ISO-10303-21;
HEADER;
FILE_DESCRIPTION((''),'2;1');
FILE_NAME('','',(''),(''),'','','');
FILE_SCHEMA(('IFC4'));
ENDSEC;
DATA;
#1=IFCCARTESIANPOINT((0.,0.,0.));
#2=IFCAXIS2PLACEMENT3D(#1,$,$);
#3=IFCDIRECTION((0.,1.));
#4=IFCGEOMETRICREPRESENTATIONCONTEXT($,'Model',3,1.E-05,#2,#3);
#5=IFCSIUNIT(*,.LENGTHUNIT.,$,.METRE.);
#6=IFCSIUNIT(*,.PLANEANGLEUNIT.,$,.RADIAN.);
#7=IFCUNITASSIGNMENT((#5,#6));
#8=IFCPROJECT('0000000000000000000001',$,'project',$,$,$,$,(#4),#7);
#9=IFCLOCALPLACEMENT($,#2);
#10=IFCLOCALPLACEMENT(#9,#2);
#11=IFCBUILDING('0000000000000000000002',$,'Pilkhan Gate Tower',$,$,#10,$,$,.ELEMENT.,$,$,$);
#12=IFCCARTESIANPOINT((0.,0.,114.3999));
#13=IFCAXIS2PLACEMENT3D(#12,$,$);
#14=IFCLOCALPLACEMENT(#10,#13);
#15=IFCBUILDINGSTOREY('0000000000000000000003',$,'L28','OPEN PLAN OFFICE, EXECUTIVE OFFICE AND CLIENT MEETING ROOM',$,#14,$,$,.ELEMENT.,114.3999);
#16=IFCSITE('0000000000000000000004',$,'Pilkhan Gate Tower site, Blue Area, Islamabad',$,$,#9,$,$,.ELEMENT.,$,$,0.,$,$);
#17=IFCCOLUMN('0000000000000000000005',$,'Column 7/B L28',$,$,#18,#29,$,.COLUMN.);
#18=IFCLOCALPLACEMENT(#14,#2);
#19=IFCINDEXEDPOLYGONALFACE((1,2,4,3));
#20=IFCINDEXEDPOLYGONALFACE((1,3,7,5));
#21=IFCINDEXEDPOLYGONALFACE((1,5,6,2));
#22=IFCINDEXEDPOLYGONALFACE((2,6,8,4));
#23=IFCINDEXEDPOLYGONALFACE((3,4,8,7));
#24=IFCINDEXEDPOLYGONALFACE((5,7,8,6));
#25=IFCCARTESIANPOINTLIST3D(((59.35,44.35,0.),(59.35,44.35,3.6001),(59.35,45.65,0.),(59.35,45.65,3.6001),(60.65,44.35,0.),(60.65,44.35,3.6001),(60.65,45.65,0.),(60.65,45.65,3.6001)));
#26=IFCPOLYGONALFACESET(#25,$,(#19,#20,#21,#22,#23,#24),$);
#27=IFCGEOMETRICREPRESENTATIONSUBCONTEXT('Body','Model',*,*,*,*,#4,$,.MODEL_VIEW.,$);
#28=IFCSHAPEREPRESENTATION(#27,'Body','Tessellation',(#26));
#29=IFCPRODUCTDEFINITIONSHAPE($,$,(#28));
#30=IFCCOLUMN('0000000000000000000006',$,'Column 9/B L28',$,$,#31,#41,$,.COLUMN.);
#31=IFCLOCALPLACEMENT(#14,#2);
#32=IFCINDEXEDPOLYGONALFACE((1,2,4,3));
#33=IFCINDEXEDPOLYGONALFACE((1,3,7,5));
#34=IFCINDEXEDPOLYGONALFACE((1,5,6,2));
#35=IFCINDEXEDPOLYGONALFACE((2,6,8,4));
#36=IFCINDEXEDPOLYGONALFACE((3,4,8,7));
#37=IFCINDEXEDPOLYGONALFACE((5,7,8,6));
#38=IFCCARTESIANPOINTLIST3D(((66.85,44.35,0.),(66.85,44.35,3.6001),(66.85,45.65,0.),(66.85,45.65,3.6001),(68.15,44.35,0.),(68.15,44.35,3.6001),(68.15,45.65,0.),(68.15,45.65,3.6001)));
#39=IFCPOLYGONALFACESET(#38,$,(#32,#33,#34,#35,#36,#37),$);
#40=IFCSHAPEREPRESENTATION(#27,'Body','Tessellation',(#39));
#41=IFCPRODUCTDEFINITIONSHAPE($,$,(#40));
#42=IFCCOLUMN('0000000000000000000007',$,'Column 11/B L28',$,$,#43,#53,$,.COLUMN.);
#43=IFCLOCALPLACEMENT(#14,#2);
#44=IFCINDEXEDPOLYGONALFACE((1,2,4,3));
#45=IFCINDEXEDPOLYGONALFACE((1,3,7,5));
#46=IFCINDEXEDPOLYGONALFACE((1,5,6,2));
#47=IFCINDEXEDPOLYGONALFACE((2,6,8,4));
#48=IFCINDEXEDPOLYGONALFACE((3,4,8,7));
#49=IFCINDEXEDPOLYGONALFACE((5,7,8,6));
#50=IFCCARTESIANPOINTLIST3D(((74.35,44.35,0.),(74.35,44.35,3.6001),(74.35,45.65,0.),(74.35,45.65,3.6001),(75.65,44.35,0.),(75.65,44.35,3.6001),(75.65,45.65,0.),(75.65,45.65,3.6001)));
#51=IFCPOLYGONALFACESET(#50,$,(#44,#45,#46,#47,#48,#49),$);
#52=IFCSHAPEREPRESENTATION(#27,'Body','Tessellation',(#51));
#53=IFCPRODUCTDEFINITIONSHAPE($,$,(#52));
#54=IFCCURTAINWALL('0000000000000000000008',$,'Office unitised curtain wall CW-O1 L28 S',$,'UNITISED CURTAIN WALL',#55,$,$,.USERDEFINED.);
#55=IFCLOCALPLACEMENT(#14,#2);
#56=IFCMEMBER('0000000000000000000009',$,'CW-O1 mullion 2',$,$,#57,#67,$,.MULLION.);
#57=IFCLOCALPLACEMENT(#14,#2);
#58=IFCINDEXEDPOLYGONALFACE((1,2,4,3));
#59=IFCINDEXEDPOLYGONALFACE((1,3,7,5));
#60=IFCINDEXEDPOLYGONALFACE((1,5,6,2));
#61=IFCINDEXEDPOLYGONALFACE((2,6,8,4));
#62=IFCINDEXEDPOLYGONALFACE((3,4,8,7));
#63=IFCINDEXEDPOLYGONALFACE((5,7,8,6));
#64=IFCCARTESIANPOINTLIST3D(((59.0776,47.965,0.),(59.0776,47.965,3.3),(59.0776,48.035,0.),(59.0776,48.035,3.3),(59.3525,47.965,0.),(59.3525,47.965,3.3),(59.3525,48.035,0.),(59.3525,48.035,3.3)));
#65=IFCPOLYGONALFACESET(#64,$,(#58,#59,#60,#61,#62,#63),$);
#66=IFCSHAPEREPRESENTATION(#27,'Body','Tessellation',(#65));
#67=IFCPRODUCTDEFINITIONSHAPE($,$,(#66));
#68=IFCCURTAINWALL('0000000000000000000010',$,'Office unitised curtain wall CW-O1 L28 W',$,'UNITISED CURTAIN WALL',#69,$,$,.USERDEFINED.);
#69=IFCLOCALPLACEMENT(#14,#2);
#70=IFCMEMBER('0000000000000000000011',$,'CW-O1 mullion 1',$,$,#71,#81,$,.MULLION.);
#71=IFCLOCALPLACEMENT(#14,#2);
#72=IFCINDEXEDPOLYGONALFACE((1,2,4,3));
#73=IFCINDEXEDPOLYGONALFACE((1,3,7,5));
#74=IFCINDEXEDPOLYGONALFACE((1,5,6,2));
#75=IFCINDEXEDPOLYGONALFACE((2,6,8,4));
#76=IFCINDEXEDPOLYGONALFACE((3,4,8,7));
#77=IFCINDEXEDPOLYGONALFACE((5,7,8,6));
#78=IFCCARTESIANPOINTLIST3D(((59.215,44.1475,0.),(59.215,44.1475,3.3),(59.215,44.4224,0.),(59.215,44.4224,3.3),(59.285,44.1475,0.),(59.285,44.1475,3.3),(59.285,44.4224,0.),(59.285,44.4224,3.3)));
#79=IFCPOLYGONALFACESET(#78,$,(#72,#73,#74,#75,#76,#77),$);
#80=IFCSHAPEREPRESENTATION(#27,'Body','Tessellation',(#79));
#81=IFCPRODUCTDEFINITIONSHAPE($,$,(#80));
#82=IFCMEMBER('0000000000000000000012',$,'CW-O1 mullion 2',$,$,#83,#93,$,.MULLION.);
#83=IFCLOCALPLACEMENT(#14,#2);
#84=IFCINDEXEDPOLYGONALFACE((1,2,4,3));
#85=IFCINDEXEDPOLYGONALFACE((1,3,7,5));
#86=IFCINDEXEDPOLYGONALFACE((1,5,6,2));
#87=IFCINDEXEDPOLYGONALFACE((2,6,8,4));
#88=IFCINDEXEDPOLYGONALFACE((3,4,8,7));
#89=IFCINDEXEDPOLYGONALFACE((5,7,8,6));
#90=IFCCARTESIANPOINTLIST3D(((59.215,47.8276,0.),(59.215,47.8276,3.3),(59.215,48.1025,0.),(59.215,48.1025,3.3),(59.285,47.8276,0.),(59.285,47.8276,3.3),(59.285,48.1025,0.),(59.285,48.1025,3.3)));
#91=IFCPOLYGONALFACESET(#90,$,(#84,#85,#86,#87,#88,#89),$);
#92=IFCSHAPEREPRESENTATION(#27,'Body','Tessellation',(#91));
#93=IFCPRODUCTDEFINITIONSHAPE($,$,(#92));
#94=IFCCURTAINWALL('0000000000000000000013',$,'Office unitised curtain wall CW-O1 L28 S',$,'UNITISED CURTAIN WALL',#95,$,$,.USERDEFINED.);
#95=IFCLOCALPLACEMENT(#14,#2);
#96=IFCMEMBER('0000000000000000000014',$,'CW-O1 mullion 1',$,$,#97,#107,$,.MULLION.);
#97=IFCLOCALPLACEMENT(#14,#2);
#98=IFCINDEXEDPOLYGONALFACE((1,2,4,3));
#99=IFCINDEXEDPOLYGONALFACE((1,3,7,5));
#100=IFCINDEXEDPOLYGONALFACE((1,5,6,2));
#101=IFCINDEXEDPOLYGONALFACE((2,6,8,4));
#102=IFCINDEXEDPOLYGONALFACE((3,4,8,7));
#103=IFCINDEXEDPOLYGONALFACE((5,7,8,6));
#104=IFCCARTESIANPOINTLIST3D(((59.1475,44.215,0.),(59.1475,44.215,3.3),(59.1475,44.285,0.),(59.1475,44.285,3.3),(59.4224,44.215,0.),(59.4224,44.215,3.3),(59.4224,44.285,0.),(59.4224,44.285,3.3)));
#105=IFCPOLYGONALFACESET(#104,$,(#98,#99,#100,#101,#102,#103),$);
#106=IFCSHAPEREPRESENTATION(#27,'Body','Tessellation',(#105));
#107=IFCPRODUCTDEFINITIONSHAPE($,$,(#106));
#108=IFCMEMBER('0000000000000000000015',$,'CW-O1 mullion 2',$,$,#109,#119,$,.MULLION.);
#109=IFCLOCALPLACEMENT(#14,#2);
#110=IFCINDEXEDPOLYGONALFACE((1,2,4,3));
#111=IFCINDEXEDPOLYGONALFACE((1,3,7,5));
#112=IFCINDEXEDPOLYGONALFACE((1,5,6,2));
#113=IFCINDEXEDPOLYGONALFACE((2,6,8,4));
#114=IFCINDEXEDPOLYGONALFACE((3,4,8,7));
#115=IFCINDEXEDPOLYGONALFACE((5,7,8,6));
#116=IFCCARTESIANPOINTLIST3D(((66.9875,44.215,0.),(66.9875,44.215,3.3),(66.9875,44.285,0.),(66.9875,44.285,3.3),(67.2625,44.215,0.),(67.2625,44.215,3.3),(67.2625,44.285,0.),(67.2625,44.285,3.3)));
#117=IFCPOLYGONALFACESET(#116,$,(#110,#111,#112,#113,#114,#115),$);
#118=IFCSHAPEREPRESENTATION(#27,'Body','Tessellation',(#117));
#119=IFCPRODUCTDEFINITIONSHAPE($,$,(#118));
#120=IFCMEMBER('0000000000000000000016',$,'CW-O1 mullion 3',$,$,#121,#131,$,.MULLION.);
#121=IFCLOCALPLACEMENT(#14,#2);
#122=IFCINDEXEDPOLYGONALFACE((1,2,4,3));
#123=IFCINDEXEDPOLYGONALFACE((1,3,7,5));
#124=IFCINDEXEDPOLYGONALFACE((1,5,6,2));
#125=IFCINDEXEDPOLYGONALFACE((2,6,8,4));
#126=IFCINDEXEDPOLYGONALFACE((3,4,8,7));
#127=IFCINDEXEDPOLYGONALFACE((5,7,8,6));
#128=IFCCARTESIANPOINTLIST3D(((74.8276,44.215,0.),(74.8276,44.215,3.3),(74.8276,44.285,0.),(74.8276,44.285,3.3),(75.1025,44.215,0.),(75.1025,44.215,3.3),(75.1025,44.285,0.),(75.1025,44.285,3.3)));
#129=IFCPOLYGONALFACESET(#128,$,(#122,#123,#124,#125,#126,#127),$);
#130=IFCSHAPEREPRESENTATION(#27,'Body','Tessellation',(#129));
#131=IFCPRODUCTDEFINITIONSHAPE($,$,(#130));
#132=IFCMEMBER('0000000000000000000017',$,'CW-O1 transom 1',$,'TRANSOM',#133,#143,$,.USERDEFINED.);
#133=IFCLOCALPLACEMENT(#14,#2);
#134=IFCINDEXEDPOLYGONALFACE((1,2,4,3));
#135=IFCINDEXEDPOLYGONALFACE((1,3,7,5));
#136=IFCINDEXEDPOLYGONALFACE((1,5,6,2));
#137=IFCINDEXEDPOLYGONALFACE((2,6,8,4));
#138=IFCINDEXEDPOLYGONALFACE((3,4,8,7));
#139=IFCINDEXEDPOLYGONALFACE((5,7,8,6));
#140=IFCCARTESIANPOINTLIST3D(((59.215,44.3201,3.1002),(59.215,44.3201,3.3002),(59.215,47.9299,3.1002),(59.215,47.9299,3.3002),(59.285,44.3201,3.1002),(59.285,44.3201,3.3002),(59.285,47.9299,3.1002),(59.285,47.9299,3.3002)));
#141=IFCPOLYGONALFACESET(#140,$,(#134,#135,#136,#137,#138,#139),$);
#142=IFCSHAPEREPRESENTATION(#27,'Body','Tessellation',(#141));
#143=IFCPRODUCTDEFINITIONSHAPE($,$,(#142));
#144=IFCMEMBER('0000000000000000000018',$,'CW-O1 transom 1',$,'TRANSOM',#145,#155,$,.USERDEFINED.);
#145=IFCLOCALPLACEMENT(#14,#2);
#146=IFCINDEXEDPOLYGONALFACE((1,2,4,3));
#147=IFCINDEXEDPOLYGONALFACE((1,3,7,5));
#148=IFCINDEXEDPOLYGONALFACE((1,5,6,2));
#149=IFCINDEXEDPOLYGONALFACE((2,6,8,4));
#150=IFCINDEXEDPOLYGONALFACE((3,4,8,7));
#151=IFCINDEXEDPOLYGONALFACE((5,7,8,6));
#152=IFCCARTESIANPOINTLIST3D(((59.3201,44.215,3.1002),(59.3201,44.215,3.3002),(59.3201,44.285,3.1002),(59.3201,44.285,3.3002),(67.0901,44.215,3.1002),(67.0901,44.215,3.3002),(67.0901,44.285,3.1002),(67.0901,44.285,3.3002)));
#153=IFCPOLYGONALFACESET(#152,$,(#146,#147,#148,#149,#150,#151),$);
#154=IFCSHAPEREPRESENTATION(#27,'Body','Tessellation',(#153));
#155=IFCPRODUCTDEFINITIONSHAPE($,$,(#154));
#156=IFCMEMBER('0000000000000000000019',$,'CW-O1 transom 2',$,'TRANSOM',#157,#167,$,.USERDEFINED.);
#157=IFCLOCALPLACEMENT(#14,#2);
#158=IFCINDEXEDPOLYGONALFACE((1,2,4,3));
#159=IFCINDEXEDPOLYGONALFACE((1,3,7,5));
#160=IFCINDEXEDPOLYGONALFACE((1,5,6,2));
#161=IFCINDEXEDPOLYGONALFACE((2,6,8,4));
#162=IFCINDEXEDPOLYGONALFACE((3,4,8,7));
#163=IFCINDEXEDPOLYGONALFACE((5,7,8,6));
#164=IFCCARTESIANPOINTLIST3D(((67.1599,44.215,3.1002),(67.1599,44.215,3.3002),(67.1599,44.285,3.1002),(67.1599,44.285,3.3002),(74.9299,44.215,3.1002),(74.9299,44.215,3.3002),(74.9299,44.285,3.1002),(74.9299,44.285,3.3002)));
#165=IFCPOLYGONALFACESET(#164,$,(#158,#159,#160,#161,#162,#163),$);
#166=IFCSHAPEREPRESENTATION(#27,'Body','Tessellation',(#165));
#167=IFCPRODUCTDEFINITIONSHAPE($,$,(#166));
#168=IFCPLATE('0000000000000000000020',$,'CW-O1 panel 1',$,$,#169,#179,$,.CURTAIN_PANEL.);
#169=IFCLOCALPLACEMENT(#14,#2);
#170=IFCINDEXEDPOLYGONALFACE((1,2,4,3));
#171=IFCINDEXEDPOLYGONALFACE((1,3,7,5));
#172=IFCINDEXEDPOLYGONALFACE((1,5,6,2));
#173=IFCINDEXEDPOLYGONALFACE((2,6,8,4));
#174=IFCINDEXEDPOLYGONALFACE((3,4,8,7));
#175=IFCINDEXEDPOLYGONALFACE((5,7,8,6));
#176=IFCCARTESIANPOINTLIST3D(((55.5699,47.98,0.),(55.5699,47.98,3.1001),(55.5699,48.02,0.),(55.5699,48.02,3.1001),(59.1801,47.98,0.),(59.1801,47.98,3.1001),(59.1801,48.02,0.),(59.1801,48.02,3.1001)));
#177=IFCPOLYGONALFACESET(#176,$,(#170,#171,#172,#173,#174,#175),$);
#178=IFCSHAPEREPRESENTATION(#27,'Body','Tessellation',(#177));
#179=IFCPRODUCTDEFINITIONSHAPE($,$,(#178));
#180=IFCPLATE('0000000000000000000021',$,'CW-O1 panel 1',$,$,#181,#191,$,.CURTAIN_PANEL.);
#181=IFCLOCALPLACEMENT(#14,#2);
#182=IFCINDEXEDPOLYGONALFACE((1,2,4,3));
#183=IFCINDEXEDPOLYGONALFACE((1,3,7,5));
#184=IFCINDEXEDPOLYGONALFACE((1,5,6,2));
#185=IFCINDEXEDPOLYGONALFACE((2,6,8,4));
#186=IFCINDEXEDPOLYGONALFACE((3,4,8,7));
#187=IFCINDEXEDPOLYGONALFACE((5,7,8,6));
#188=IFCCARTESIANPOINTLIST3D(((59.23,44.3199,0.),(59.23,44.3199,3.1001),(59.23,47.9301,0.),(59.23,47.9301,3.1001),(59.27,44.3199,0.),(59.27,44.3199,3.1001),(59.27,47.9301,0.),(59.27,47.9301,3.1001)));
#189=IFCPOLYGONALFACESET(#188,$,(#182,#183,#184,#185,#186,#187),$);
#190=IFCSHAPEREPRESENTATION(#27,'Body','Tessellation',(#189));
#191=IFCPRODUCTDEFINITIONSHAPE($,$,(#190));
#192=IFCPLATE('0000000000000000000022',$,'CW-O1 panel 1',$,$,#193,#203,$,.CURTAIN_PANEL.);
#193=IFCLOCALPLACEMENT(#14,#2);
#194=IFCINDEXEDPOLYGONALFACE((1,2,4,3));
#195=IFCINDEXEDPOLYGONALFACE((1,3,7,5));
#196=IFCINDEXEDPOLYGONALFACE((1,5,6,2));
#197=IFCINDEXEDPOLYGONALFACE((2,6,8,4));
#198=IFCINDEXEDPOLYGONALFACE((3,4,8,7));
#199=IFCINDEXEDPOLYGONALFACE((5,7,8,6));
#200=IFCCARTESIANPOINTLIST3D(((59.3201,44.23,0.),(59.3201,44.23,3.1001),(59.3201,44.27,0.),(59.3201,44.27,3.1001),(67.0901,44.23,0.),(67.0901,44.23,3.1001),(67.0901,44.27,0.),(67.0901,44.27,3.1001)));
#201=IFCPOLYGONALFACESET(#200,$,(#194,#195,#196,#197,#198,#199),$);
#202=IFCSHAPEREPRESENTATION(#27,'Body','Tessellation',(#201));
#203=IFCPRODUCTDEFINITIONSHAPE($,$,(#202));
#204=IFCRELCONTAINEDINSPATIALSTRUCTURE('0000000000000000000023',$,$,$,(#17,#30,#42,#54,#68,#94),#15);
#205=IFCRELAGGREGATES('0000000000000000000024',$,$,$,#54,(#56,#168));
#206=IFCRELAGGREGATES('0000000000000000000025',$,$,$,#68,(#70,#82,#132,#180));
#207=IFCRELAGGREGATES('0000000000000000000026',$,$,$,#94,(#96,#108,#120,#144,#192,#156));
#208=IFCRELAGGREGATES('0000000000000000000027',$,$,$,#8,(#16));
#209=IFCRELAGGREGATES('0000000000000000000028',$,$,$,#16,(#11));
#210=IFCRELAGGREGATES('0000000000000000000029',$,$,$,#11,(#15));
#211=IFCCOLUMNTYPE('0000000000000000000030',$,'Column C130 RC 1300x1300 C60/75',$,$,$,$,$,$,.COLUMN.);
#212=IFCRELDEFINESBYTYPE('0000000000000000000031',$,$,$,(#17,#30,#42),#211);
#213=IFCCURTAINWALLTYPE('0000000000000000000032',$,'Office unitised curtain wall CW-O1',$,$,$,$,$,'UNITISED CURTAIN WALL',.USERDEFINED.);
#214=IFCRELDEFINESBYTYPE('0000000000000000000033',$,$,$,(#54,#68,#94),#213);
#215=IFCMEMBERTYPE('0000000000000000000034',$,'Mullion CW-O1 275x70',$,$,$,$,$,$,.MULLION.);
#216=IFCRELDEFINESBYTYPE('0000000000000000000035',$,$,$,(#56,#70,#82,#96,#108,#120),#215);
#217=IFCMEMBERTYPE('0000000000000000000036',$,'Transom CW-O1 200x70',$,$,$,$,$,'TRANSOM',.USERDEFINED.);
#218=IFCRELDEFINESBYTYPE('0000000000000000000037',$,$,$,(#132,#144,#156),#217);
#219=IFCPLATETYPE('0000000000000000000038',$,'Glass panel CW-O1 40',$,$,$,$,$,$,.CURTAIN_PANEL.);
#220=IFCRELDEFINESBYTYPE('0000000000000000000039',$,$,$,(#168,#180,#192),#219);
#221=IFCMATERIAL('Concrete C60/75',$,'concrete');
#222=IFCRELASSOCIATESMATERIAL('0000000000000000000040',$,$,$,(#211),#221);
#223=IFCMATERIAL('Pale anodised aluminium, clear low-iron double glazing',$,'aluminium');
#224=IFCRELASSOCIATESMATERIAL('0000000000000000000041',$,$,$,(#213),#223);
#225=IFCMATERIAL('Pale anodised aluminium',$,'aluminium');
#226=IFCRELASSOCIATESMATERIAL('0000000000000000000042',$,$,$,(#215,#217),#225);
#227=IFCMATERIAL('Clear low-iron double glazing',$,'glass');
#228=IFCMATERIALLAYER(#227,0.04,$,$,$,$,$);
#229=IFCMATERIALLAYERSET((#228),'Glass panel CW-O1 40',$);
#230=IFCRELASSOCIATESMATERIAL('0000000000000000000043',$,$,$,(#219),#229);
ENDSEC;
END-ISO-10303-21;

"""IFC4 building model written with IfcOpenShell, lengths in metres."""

from ifc_helpers import new_model, si_unit, direction, frame, origin, origin_2d, place, context, subcontext, project, spatial, rectangle, extrude, material, layer, layer_set, material_profile, profile_set, type_object, element, aggregate, save


model = new_model("IFC4")

# Units and contexts
model_context = context("Model", 3, precision=1e-05, world=origin(), true_north=direction((0.0, 1.0)))
body_context = subcontext(model_context, "Body", "Model", "MODEL_VIEW")
ifc_project = project(units=[si_unit("LENGTHUNIT", "METRE"), si_unit("PLANEANGLEUNIT", "RADIAN")], contexts=[model_context])

# Site, building, storey
site_placement = place(None, origin())
site = spatial("IfcSite", under=ifc_project, at=site_placement, Name="Pilkhan Gate Tower site, Blue Area, Islamabad", CompositionType="ELEMENT", RefElevation=0.0)
building_placement = place(site_placement, origin())
building = spatial("IfcBuilding", under=site, at=building_placement, Name="Pilkhan Gate Tower", CompositionType="ELEMENT")
storey_placement = place(building_placement, frame((0.0, 0.0, 114.3999)))
storey = spatial("IfcBuildingStorey", under=building, at=storey_placement, Name="L28", Description="OPEN PLAN OFFICE, EXECUTIVE OFFICE AND CLIENT MEETING ROOM", CompositionType="ELEMENT", Elevation=114.3999)

# Columns
ifc_material_1 = material(Name="Concrete C60/75", Category="concrete")
ifc_material_profile_1 = material_profile(ifc_material_1, rectangle(XDim=1.3, YDim=1.3, at=origin_2d()), Name="RC 1300x1300")
ifc_profile_set_1 = profile_set([ifc_material_profile_1], Name="Concrete C60/75")
column_type = type_object("IfcColumnType", Name="Column C130 RC 1300x1300 C60/75", PredefinedType="COLUMN", material=ifc_profile_set_1)
for number, where, z_axis, x_axis, name in (
    (1, (60.0, 45.0, 0.0), (0.0, 0.0, 1.0), (1.0, 0.0, 0.0), "Column 7/B L28"),
    (2, (67.5, 45.0, 0.0), (0.0, 0.0, 1.0), (1.0, 0.0, 0.0), "Column 9/B L28"),
    (3, (75.0, 45.0, 0.0), (0.0, 0.0, 1.0), (1.0, 0.0, 0.0), "Column 11/B L28"),
):
    element("IfcColumn", number, at=place(storey_placement, frame(where, z_axis=z_axis, x_axis=x_axis)), inside=storey, type_object=column_type, Name=name, PredefinedType="COLUMN", context=body_context, shape_type="SweptSolid", body=[
        extrude(rectangle(XDim=1.3, YDim=1.3, at=origin_2d()), origin(), (0.0, 0.0, 1.0), 3.6001),
    ])

# Curtain wall, member
ifc_material_2 = material(Name="Pale anodised aluminium, clear low-iron double glazing", Category="aluminium")
curtain_wall_type = type_object("IfcCurtainWallType", Name="Office unitised curtain wall CW-O1", ElementType="UNITISED CURTAIN WALL", PredefinedType="USERDEFINED", material=ifc_material_2)
curtain_wall_1_placement = place(storey_placement, origin())
curtain_wall_1 = element("IfcCurtainWall", 4, at=curtain_wall_1_placement, inside=storey, type_object=curtain_wall_type, Name="Office unitised curtain wall CW-O1 L28 S", ObjectType="UNITISED CURTAIN WALL", PredefinedType="USERDEFINED")
ifc_material_3 = material(Name="Pale anodised aluminium", Category="aluminium")
ifc_material_profile_2 = material_profile(ifc_material_3, rectangle(XDim=0.0701, YDim=0.2749, at=origin_2d()), Name="Mullion 275x70")
ifc_profile_set_2 = profile_set([ifc_material_profile_2], Name="Pale anodised aluminium")
member_type_1 = type_object("IfcMemberType", Name="Mullion CW-O1 275x70", PredefinedType="MULLION", material=ifc_profile_set_2)
member_1_placement = place(storey_placement, frame((59.2151, 48.0, 0.0), z_axis=(0.0, 0.0, 1.0), x_axis=(0.0, 1.0, 0.0)))
member_1 = element("IfcMember", 5, at=member_1_placement, type_object=member_type_1, Name="CW-O1 mullion 2", PredefinedType="MULLION", context=body_context, shape_type="SweptSolid", body=[
    extrude(rectangle(XDim=0.0701, YDim=0.2749, at=origin_2d()), origin(), (0.0, 0.0, 1.0), 3.3),
])

# Curtain walls, members
curtain_wall_2_placement = place(storey_placement, origin())
curtain_wall_2 = element("IfcCurtainWall", 6, at=curtain_wall_2_placement, inside=storey, type_object=curtain_wall_type, Name="Office unitised curtain wall CW-O1 L28 W", ObjectType="UNITISED CURTAIN WALL", PredefinedType="USERDEFINED")
member_2_placement = place(storey_placement, frame((59.25, 44.2849, 0.0), z_axis=(0.0, 0.0, 1.0), x_axis=(-1.0, 0.0, 0.0)))
member_2 = element("IfcMember", 7, at=member_2_placement, type_object=member_type_1, Name="CW-O1 mullion 1", PredefinedType="MULLION", context=body_context, shape_type="SweptSolid", body=[
    extrude(rectangle(XDim=0.0701, YDim=0.2749, at=origin_2d()), origin(), (0.0, 0.0, 1.0), 3.3),
])
member_3_placement = place(storey_placement, frame((59.25, 47.9651, 0.0), z_axis=(0.0, 0.0, 1.0), x_axis=(-1.0, 0.0, 0.0)))
member_3 = element("IfcMember", 8, at=member_3_placement, type_object=member_type_1, Name="CW-O1 mullion 2", PredefinedType="MULLION", context=body_context, shape_type="SweptSolid", body=[
    extrude(rectangle(XDim=0.0701, YDim=0.2749, at=origin_2d()), origin(), (0.0, 0.0, 1.0), 3.3),
])
curtain_wall_3_placement = place(storey_placement, origin())
curtain_wall_3 = element("IfcCurtainWall", 9, at=curtain_wall_3_placement, inside=storey, type_object=curtain_wall_type, Name="Office unitised curtain wall CW-O1 L28 S", ObjectType="UNITISED CURTAIN WALL", PredefinedType="USERDEFINED")
member_4_placement = place(storey_placement, frame((59.2849, 44.25, 0.0), z_axis=(0.0, 0.0, 1.0), x_axis=(0.0, 1.0, 0.0)))
member_4 = element("IfcMember", 10, at=member_4_placement, type_object=member_type_1, Name="CW-O1 mullion 1", PredefinedType="MULLION", context=body_context, shape_type="SweptSolid", body=[
    extrude(rectangle(XDim=0.0701, YDim=0.2749, at=origin_2d()), origin(), (0.0, 0.0, 1.0), 3.3),
])
member_5_placement = place(storey_placement, frame((67.125, 44.25, 0.0), z_axis=(0.0, 0.0, 1.0), x_axis=(0.0, 1.0, 0.0)))
member_5 = element("IfcMember", 11, at=member_5_placement, type_object=member_type_1, Name="CW-O1 mullion 2", PredefinedType="MULLION", context=body_context, shape_type="SweptSolid", body=[
    extrude(rectangle(XDim=0.0701, YDim=0.2749, at=origin_2d()), origin(), (0.0, 0.0, 1.0), 3.3),
])
member_6_placement = place(storey_placement, frame((74.9651, 44.25, 0.0), z_axis=(0.0, 0.0, 1.0), x_axis=(0.0, 1.0, 0.0)))
member_6 = element("IfcMember", 12, at=member_6_placement, type_object=member_type_1, Name="CW-O1 mullion 3", PredefinedType="MULLION", context=body_context, shape_type="SweptSolid", body=[
    extrude(rectangle(XDim=0.0701, YDim=0.2749, at=origin_2d()), origin(), (0.0, 0.0, 1.0), 3.3),
])

# Members
ifc_material_profile_3 = material_profile(ifc_material_3, rectangle(XDim=0.0701, YDim=0.2, at=origin_2d()), Name="Transom 200x70")
ifc_profile_set_3 = profile_set([ifc_material_profile_3], Name="Pale anodised aluminium")
member_type_2 = type_object("IfcMemberType", Name="Transom CW-O1 200x70", ElementType="TRANSOM", PredefinedType="USERDEFINED", material=ifc_profile_set_3)
member_7_placement = place(storey_placement, frame((59.25, 44.3201, 3.2002), z_axis=(0.0, 1.0, 0.0), x_axis=(-1.0, 0.0, 0.0)))
member_7 = element("IfcMember", 13, at=member_7_placement, type_object=member_type_2, Name="CW-O1 transom 1", ObjectType="TRANSOM", PredefinedType="USERDEFINED", context=body_context, shape_type="SweptSolid", body=[
    extrude(rectangle(XDim=0.0701, YDim=0.2, at=origin_2d()), origin(), (0.0, 0.0, 1.0), 3.6099),
])
member_8_placement = place(storey_placement, frame((59.3201, 44.25, 3.2002), z_axis=(1.0, 0.0, 0.0), x_axis=(0.0, 1.0, 0.0)))
member_8 = element("IfcMember", 14, at=member_8_placement, type_object=member_type_2, Name="CW-O1 transom 1", ObjectType="TRANSOM", PredefinedType="USERDEFINED", context=body_context, shape_type="SweptSolid", body=[
    extrude(rectangle(XDim=0.0701, YDim=0.2, at=origin_2d()), origin(), (0.0, 0.0, 1.0), 7.77),
])
member_9_placement = place(storey_placement, frame((67.1599, 44.25, 3.2002), z_axis=(1.0, 0.0, 0.0), x_axis=(0.0, 1.0, 0.0)))
member_9 = element("IfcMember", 15, at=member_9_placement, type_object=member_type_2, Name="CW-O1 transom 2", ObjectType="TRANSOM", PredefinedType="USERDEFINED", context=body_context, shape_type="SweptSolid", body=[
    extrude(rectangle(XDim=0.0701, YDim=0.2, at=origin_2d()), origin(), (0.0, 0.0, 1.0), 7.77),
])

# Plates
ifc_material_4 = material(Name="Clear low-iron double glazing", Category="glass")
ifc_layer_1 = layer(ifc_material_4, 0.04)
ifc_layer_set_1 = layer_set([ifc_layer_1], Name="Glass panel CW-O1 40")
plate_type = type_object("IfcPlateType", Name="Glass panel CW-O1 40", PredefinedType="CURTAIN_PANEL", material=ifc_layer_set_1)
plate_1_placement = place(storey_placement, frame((57.375, 48.0, 0.0), z_axis=(0.0, 0.0, 1.0), x_axis=(1.0, 0.0, 0.0)))
plate_1 = element("IfcPlate", 16, at=plate_1_placement, type_object=plate_type, Name="CW-O1 panel 1", PredefinedType="CURTAIN_PANEL", context=body_context, shape_type="SweptSolid", body=[
    extrude(rectangle(XDim=3.6101, YDim=0.04, at=origin_2d()), origin(), (0.0, 0.0, 1.0), 3.1001),
])
aggregate(curtain_wall_1, [member_1, plate_1])
plate_2_placement = place(storey_placement, frame((59.25, 46.125, 0.0), z_axis=(0.0, 0.0, 1.0), x_axis=(0.0, 1.0, 0.0)))
plate_2 = element("IfcPlate", 17, at=plate_2_placement, type_object=plate_type, Name="CW-O1 panel 1", PredefinedType="CURTAIN_PANEL", context=body_context, shape_type="SweptSolid", body=[
    extrude(rectangle(XDim=3.6101, YDim=0.04, at=origin_2d()), origin(), (0.0, 0.0, 1.0), 3.1001),
])
aggregate(curtain_wall_2, [member_2, member_3, member_7, plate_2])
plate_3_placement = place(storey_placement, frame((63.2051, 44.25, 0.0), z_axis=(0.0, 0.0, 1.0), x_axis=(1.0, 0.0, 0.0)))
plate_3 = element("IfcPlate", 18, at=plate_3_placement, type_object=plate_type, Name="CW-O1 panel 1", PredefinedType="CURTAIN_PANEL", context=body_context, shape_type="SweptSolid", body=[
    extrude(rectangle(XDim=7.77, YDim=0.04, at=origin_2d()), origin(), (0.0, 0.0, 1.0), 3.1001),
])
aggregate(curtain_wall_3, [member_4, member_5, member_6, member_8, plate_3, member_9])

save(model, "model.ifc")
